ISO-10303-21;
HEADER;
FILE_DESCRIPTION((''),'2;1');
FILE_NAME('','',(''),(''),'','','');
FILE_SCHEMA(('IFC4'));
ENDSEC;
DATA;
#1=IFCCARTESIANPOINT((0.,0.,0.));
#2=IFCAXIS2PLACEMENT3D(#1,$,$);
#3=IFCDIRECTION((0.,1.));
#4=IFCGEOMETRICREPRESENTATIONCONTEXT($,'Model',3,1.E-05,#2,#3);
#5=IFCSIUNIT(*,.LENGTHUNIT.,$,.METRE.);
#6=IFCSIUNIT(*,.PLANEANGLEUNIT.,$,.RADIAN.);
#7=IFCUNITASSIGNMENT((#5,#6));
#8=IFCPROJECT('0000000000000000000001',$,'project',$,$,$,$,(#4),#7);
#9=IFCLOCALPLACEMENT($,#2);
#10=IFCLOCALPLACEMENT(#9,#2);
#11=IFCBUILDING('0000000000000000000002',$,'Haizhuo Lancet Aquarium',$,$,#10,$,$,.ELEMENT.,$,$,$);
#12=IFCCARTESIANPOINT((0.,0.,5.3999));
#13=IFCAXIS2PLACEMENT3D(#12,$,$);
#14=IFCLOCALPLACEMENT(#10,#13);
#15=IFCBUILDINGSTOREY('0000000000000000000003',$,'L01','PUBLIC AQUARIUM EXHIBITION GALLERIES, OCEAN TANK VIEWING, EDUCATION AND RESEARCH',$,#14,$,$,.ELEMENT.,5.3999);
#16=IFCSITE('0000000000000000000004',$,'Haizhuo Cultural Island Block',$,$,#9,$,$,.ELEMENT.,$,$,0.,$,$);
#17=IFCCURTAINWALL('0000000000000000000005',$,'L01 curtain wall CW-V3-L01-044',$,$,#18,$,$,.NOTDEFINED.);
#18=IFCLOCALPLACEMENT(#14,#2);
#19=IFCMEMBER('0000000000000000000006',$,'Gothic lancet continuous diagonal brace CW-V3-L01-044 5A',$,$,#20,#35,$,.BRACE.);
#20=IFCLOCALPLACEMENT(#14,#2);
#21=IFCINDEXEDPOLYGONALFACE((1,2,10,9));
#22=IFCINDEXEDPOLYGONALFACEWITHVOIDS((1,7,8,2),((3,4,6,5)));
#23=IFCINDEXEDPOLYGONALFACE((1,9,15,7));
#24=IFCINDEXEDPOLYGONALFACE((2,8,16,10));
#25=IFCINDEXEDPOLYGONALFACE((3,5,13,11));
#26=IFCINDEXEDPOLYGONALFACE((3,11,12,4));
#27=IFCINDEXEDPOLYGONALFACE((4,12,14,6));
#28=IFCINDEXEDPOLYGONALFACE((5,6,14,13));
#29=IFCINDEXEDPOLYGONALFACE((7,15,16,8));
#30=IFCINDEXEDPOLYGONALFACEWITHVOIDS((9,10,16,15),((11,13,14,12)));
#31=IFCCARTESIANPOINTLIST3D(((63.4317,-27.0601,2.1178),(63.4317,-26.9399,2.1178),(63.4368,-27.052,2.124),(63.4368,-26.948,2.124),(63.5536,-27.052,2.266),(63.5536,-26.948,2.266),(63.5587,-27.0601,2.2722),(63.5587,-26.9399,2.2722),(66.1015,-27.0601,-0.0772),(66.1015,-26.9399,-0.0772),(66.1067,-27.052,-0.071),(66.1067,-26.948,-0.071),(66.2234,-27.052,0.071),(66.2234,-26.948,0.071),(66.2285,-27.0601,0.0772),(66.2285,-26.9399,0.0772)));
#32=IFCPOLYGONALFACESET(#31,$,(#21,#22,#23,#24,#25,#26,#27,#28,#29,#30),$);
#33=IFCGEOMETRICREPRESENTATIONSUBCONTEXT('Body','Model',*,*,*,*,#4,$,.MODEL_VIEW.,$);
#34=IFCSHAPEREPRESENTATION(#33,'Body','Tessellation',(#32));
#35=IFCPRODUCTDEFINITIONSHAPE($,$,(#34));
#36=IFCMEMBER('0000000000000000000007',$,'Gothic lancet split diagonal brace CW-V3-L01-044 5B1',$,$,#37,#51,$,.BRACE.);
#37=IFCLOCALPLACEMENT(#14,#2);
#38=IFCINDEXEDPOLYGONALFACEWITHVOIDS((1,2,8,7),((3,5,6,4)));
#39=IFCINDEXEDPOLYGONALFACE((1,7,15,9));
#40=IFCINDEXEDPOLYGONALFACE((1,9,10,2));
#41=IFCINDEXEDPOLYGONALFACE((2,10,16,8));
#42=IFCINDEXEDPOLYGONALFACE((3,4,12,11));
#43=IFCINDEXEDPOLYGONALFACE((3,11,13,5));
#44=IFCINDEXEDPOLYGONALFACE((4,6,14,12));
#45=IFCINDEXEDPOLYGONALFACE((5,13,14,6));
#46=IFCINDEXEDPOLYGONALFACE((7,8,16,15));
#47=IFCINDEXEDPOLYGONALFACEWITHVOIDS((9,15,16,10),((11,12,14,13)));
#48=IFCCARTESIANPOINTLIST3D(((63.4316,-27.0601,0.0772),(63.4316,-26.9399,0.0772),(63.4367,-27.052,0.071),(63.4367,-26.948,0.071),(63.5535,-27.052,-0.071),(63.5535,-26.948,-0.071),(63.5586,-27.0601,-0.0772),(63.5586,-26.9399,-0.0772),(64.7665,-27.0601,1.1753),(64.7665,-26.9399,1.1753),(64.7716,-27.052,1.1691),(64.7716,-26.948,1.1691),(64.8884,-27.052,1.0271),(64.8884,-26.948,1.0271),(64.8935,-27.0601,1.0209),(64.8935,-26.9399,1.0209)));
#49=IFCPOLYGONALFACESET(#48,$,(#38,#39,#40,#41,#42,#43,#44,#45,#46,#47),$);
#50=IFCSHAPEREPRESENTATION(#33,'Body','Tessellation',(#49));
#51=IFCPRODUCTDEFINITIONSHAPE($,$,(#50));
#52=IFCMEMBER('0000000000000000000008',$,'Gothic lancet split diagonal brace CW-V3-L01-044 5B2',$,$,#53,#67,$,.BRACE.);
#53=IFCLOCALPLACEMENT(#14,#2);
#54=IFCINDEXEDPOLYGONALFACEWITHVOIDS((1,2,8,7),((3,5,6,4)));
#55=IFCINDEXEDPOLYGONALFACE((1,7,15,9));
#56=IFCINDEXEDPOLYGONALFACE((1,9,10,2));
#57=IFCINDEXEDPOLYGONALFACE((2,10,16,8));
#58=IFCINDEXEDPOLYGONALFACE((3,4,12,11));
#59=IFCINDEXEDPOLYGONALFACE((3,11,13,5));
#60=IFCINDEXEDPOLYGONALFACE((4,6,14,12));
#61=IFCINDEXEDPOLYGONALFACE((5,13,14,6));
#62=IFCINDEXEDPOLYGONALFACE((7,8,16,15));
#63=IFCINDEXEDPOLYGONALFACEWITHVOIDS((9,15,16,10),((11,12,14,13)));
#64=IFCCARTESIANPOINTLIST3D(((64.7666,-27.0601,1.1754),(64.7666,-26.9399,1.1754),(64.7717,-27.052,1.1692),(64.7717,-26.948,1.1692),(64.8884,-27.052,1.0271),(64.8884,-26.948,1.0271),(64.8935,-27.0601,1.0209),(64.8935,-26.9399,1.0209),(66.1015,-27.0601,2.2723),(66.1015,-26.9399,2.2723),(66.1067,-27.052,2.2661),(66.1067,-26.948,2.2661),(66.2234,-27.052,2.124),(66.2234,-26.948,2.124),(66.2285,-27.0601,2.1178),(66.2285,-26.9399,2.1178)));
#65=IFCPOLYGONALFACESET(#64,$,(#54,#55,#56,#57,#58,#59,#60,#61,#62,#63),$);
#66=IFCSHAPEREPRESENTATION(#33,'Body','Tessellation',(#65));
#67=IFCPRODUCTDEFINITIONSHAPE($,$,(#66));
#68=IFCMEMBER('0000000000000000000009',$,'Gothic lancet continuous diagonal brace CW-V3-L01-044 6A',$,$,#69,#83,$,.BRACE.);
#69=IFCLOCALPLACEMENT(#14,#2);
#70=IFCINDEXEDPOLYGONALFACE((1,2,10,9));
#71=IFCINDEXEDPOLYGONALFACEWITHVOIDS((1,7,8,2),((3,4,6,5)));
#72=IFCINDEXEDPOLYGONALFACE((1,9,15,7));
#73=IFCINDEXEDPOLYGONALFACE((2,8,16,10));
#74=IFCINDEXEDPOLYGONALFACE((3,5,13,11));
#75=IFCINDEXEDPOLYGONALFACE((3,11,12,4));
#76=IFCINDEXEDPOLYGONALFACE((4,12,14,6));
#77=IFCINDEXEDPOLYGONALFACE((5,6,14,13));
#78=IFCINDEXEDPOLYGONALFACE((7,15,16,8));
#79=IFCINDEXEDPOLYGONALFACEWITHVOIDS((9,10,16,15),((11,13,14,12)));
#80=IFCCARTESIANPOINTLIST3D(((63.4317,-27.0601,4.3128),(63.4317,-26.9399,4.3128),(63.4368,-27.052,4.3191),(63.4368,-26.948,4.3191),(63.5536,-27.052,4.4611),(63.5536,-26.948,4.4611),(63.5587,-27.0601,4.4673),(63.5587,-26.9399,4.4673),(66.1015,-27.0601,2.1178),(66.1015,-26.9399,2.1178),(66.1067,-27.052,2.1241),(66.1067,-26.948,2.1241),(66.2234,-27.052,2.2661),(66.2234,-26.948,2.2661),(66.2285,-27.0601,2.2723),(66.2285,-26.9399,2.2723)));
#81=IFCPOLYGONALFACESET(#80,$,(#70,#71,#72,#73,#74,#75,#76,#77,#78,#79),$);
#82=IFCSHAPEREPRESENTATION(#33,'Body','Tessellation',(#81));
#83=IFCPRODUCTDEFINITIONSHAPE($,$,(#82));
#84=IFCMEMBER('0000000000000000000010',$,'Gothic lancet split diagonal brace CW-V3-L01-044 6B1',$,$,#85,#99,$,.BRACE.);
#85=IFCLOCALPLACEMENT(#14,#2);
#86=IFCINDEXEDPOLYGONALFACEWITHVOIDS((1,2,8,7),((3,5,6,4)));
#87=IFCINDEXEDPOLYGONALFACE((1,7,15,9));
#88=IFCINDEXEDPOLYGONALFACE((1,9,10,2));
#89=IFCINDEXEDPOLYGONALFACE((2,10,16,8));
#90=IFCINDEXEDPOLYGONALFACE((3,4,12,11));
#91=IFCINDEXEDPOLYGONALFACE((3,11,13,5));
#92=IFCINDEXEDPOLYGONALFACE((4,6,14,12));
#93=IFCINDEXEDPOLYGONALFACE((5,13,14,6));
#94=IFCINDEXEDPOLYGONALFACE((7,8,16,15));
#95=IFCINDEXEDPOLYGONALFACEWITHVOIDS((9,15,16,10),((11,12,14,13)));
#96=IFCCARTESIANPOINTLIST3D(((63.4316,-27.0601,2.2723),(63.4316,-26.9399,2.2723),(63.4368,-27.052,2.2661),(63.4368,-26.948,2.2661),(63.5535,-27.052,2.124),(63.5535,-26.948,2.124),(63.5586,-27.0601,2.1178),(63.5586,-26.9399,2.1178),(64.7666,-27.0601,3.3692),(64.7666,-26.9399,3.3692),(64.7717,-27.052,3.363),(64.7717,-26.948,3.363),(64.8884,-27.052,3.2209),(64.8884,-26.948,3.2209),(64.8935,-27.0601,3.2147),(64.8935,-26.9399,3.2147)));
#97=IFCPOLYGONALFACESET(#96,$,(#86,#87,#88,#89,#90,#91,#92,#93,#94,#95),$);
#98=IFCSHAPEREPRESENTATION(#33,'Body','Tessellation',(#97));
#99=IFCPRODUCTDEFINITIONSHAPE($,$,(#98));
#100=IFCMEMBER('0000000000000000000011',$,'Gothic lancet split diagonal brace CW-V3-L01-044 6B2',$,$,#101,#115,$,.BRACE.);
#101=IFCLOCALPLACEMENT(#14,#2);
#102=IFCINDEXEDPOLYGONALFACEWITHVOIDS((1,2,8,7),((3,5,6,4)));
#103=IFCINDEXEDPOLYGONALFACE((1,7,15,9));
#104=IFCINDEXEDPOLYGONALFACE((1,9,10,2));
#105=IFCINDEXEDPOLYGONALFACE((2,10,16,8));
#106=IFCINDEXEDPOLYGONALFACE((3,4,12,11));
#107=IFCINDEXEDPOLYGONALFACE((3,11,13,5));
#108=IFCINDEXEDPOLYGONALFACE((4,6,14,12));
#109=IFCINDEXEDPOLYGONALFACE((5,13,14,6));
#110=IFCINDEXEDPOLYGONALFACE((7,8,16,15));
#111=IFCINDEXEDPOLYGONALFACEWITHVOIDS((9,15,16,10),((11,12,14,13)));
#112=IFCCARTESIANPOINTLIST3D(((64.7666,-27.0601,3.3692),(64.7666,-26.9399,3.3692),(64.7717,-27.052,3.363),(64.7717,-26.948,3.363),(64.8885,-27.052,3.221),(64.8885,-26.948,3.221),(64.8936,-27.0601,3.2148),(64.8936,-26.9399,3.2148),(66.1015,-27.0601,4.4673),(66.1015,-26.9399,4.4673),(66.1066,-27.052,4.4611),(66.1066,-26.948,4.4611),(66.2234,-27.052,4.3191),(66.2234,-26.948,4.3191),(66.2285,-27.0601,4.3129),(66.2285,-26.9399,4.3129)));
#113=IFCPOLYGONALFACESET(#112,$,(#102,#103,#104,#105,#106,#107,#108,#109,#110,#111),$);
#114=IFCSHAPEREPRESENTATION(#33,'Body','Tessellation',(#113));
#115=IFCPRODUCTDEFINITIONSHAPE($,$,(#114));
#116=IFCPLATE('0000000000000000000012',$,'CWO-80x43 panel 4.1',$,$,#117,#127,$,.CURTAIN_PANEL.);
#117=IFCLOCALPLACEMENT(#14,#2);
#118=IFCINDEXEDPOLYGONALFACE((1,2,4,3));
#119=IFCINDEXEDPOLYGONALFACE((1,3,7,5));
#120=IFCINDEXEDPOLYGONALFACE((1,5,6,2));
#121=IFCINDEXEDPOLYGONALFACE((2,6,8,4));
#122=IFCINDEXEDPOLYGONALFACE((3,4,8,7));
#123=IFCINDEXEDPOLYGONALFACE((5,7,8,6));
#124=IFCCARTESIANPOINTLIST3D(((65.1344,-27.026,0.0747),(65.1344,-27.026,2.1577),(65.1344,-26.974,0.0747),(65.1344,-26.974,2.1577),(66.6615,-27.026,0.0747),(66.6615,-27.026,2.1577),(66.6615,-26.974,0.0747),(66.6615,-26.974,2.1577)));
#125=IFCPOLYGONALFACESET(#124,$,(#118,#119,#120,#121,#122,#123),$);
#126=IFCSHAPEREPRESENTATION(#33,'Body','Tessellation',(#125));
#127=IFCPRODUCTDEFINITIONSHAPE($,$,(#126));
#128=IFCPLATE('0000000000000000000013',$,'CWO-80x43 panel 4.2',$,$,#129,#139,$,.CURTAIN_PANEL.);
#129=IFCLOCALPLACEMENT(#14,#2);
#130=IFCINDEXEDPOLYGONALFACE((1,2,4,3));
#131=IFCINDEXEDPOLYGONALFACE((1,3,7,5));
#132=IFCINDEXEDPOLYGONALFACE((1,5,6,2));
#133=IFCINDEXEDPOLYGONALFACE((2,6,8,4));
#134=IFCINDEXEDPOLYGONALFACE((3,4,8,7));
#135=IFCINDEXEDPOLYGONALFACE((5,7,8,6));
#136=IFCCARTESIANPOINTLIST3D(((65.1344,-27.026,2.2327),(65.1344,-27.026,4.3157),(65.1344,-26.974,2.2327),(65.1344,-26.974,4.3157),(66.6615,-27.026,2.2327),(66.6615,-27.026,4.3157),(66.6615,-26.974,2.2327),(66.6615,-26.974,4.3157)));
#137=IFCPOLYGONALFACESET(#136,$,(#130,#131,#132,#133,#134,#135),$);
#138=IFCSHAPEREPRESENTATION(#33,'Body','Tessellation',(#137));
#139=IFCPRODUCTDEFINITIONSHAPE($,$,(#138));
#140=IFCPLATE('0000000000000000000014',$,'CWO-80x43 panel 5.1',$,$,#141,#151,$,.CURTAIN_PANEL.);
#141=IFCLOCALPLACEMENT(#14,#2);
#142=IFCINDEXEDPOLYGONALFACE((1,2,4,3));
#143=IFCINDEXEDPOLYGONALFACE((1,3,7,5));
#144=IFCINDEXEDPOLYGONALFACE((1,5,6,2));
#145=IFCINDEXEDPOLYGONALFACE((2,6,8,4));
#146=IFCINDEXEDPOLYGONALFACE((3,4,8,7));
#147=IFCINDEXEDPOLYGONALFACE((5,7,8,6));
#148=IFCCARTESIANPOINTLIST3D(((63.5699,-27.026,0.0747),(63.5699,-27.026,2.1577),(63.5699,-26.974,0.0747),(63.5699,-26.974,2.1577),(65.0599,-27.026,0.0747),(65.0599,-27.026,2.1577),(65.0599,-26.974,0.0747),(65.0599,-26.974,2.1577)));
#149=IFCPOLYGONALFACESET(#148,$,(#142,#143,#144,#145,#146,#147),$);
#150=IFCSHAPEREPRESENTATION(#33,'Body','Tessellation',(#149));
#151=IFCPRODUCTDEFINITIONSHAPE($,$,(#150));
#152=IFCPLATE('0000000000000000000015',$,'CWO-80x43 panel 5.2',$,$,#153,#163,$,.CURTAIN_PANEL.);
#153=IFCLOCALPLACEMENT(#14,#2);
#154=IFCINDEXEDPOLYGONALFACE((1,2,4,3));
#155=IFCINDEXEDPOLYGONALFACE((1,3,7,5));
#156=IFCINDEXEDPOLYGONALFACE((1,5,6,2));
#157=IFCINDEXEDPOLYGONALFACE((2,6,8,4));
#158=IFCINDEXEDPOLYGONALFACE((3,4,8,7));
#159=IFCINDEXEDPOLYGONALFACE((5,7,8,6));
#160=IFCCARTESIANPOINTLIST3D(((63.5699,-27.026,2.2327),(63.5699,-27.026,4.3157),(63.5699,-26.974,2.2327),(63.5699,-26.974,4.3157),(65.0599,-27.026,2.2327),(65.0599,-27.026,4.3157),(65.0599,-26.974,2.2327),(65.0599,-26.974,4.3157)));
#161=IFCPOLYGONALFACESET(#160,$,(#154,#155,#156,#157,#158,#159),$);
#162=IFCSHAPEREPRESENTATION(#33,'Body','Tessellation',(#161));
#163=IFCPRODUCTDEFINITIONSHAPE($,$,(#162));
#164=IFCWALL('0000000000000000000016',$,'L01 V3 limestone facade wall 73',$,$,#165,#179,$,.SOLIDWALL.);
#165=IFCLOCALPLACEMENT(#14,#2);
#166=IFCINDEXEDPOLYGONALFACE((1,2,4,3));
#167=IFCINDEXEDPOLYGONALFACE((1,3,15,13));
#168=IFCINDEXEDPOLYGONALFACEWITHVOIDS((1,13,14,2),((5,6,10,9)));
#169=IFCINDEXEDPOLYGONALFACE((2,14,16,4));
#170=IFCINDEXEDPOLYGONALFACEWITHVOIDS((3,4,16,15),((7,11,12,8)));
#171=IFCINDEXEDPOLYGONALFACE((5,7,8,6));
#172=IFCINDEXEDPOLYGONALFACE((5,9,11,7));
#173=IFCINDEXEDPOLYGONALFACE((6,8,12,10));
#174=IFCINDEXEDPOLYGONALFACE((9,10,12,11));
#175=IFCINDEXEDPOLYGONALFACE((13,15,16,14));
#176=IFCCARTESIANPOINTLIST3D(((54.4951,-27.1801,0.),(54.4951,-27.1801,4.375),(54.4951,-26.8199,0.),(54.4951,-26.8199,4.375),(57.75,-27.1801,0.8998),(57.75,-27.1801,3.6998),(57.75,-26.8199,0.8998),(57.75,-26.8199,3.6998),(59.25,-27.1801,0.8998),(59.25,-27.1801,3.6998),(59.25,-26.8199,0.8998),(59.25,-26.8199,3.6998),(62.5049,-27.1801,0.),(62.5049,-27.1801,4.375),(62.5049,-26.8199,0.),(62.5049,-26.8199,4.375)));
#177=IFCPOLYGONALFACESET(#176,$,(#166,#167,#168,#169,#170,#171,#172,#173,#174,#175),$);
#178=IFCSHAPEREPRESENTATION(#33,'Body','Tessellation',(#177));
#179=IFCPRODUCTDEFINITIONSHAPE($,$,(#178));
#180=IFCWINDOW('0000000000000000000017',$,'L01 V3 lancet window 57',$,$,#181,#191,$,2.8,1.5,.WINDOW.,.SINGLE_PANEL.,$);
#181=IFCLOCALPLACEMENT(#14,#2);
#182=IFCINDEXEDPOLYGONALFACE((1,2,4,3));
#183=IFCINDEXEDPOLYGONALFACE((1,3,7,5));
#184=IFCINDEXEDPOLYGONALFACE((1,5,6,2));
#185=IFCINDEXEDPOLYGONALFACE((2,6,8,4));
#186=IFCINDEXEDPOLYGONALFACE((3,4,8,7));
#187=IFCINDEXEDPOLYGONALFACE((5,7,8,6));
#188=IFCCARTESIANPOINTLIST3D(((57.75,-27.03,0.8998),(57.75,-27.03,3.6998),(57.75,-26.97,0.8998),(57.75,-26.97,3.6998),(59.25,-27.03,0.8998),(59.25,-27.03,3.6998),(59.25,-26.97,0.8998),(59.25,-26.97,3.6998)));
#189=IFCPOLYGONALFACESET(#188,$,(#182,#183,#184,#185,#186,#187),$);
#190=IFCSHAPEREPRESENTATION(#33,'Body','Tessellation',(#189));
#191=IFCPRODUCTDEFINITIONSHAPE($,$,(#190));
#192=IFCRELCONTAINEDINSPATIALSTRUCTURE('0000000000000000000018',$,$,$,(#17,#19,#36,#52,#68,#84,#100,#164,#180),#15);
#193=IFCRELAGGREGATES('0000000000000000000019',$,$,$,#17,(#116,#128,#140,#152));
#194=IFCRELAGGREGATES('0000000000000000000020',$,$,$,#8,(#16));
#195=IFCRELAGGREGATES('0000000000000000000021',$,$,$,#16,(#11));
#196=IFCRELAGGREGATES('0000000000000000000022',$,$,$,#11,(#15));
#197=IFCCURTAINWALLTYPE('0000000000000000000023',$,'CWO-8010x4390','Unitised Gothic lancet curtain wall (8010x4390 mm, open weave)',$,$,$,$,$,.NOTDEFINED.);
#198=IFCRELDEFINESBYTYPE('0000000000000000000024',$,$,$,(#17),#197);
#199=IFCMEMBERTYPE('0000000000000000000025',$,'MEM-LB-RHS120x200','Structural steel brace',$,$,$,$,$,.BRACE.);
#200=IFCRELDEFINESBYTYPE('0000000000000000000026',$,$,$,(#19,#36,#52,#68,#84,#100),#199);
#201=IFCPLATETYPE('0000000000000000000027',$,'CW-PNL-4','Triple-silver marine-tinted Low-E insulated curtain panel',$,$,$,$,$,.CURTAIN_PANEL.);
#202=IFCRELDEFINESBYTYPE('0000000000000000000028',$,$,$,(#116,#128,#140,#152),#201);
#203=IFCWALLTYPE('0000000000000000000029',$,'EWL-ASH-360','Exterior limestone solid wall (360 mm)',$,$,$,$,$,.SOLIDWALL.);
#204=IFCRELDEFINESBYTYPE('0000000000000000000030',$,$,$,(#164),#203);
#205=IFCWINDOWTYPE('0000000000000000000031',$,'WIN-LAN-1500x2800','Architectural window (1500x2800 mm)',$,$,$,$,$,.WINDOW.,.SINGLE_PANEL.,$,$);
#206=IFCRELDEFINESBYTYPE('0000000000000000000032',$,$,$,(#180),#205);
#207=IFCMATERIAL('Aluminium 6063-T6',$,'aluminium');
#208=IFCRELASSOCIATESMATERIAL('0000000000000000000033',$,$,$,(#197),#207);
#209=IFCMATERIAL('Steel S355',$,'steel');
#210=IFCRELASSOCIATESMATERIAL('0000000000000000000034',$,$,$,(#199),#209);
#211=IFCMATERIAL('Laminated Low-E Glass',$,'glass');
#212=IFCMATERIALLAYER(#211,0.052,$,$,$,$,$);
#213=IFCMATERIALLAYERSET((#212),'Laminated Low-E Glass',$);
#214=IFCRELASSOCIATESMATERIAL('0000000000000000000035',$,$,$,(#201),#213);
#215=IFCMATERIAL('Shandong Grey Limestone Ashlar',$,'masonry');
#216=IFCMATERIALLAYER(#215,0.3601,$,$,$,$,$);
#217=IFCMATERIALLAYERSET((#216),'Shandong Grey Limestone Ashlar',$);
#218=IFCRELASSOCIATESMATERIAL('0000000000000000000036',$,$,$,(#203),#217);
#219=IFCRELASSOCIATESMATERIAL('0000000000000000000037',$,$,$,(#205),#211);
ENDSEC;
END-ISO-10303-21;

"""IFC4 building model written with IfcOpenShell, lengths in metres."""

from ifc_helpers import new_model, si_unit, direction, frame, frame_2d, origin, origin_2d, place, context, subcontext, project, spatial, rectangle, hollow_rectangle, extrude, material, layer, layer_set, material_profile, profile_set, type_object, element, fill, aggregate, save


model = new_model("IFC4")

# Units and contexts
model_context = context("Model", 3, precision=1e-05, world=origin(), true_north=direction((0.0, 1.0)))
body_context = subcontext(model_context, "Body", "Model", "MODEL_VIEW")
ifc_project = project(units=[si_unit("LENGTHUNIT", "METRE"), si_unit("PLANEANGLEUNIT", "RADIAN")], contexts=[model_context])

# Site, building, storey
site_placement = place(None, origin())
site = spatial("IfcSite", under=ifc_project, at=site_placement, Name="Haizhuo Cultural Island Block", CompositionType="ELEMENT", RefElevation=0.0)
building_placement = place(site_placement, origin())
building = spatial("IfcBuilding", under=site, at=building_placement, Name="Haizhuo Lancet Aquarium", CompositionType="ELEMENT")
storey_placement = place(building_placement, frame((0.0, 0.0, 5.3999)))
storey = spatial("IfcBuildingStorey", under=building, at=storey_placement, Name="L01", Description="PUBLIC AQUARIUM EXHIBITION GALLERIES, OCEAN TANK VIEWING, EDUCATION AND RESEARCH", CompositionType="ELEMENT", Elevation=5.3999)

# Curtain wall
ifc_material_1 = material(Name="Aluminium 6063-T6", Category="aluminium")
curtain_wall_type = type_object("IfcCurtainWallType", Name="CWO-8010x4390", Description="Unitised Gothic lancet curtain wall (8010x4390 mm, open weave)", PredefinedType="NOTDEFINED", material=ifc_material_1)
curtain_wall_placement = place(storey_placement, origin())
curtain_wall = element("IfcCurtainWall", 1, at=curtain_wall_placement, inside=storey, type_object=curtain_wall_type, Name="L01 curtain wall CW-V3-L01-044", PredefinedType="NOTDEFINED")

# Members
ifc_material_2 = material(Name="Steel S355", Category="steel")
ifc_material_profile_1 = material_profile(ifc_material_2, hollow_rectangle(XDim=0.1201, YDim=0.2, WallThickness=0.0081, at=origin_2d()), Name="RHS 120x200x8")
ifc_profile_set_1 = profile_set([ifc_material_profile_1], Name="Steel S355")
member_type_1 = type_object("IfcMemberType", Name="MEM-LB-RHS120x200", Description="Structural steel brace", PredefinedType="BRACE", material=ifc_profile_set_1)
member_1_placement = place(storey_placement, frame((66.165, -27.0, 0.0), z_axis=(-0.772454, 0.0, 0.635071), x_axis=(0.0, -1.0, 0.0)))
element("IfcMember", 2, at=member_1_placement, inside=storey, type_object=member_type_1, Name="Gothic lancet continuous diagonal brace CW-V3-L01-044 5A", PredefinedType="BRACE", context=body_context, shape_type="SweptSolid", body=[
    extrude(hollow_rectangle(XDim=0.1201, YDim=0.2, WallThickness=0.0081, at=origin_2d()), origin(), (0.0, 0.0, 1.0), 3.4563),
])
member_2_placement = place(storey_placement, frame((63.4951, -27.0, 0.0), z_axis=(0.772281, 0.0, 0.635281), x_axis=(0.0, 1.0, 0.0)))
element("IfcMember", 3, at=member_2_placement, inside=storey, type_object=member_type_1, Name="Gothic lancet split diagonal brace CW-V3-L01-044 5B1", PredefinedType="BRACE", context=body_context, shape_type="SweptSolid", body=[
    extrude(hollow_rectangle(XDim=0.1201, YDim=0.2, WallThickness=0.0081, at=origin_2d()), origin(), (0.0, 0.0, 1.0), 1.7285),
])
member_3_placement = place(storey_placement, frame((64.8301, -27.0, 1.0981), z_axis=(0.772627, 0.0, 0.63486), x_axis=(0.0, 1.0, 0.0)))
element("IfcMember", 4, at=member_3_placement, inside=storey, type_object=member_type_1, Name="Gothic lancet split diagonal brace CW-V3-L01-044 5B2", PredefinedType="BRACE", context=body_context, shape_type="SweptSolid", body=[
    extrude(hollow_rectangle(XDim=0.1201, YDim=0.2, WallThickness=0.0081, at=origin_2d()), origin(), (0.0, 0.0, 1.0), 1.7278),
])
member_4_placement = place(storey_placement, frame((66.165, -27.0, 2.1951), z_axis=(-0.772454, 0.0, 0.635071), x_axis=(0.0, -1.0, 0.0)))
element("IfcMember", 5, at=member_4_placement, inside=storey, type_object=member_type_1, Name="Gothic lancet continuous diagonal brace CW-V3-L01-044 6A", PredefinedType="BRACE", context=body_context, shape_type="SweptSolid", body=[
    extrude(hollow_rectangle(XDim=0.1201, YDim=0.2, WallThickness=0.0081, at=origin_2d()), origin(), (0.0, 0.0, 1.0), 3.4563),
])
member_5_placement = place(storey_placement, frame((63.4951, -27.0, 2.1951), z_axis=(0.772627, 0.0, 0.63486), x_axis=(0.0, 1.0, 0.0)))
element("IfcMember", 6, at=member_5_placement, inside=storey, type_object=member_type_1, Name="Gothic lancet split diagonal brace CW-V3-L01-044 6B1", PredefinedType="BRACE", context=body_context, shape_type="SweptSolid", body=[
    extrude(hollow_rectangle(XDim=0.1201, YDim=0.2, WallThickness=0.0081, at=origin_2d()), origin(), (0.0, 0.0, 1.0), 1.7278),
])
member_6_placement = place(storey_placement, frame((64.8301, -27.0, 3.292), z_axis=(0.772281, 0.0, 0.635281), x_axis=(0.0, 1.0, 0.0)))
element("IfcMember", 7, at=member_6_placement, inside=storey, type_object=member_type_1, Name="Gothic lancet split diagonal brace CW-V3-L01-044 6B2", PredefinedType="BRACE", context=body_context, shape_type="SweptSolid", body=[
    extrude(hollow_rectangle(XDim=0.1201, YDim=0.2, WallThickness=0.0081, at=origin_2d()), origin(), (0.0, 0.0, 1.0), 1.7285),
])

# Plates
ifc_material_3 = material(Name="Laminated Low-E Glass", Category="glass")
ifc_layer_1 = layer(ifc_material_3, 0.052)
ifc_layer_set_1 = layer_set([ifc_layer_1], Name="Laminated Low-E Glass")
plate_type = type_object("IfcPlateType", Name="CW-PNL-4", Description="Triple-silver marine-tinted Low-E insulated curtain panel", PredefinedType="CURTAIN_PANEL", material=ifc_layer_set_1)
plate_1_placement = place(storey_placement, frame((65.8979, -27.0, 0.0747), z_axis=(0.0, 0.0, 1.0), x_axis=(-1.0, 0.0, 0.0)))
plate_1 = element("IfcPlate", 8, at=plate_1_placement, type_object=plate_type, Name="CWO-80x43 panel 4.1", PredefinedType="CURTAIN_PANEL", context=body_context, shape_type="SweptSolid", body=[
    extrude(rectangle(XDim=1.5271, YDim=0.052, at=origin_2d()), origin(), (0.0, 0.0, 1.0), 2.083),
])
plate_2_placement = place(storey_placement, frame((65.8979, -27.0, 2.2327), z_axis=(0.0, 0.0, 1.0), x_axis=(-1.0, 0.0, 0.0)))
plate_2 = element("IfcPlate", 9, at=plate_2_placement, type_object=plate_type, Name="CWO-80x43 panel 4.2", PredefinedType="CURTAIN_PANEL", context=body_context, shape_type="SweptSolid", body=[
    extrude(rectangle(XDim=1.5271, YDim=0.052, at=origin_2d()), origin(), (0.0, 0.0, 1.0), 2.083),
])
plate_3_placement = place(storey_placement, frame((64.3149, -27.0, 0.0747), z_axis=(0.0, 0.0, 1.0), x_axis=(-1.0, 0.0, 0.0)))
plate_3 = element("IfcPlate", 10, at=plate_3_placement, type_object=plate_type, Name="CWO-80x43 panel 5.1", PredefinedType="CURTAIN_PANEL", context=body_context, shape_type="SweptSolid", body=[
    extrude(rectangle(XDim=1.49, YDim=0.052, at=origin_2d()), origin(), (0.0, 0.0, 1.0), 2.083),
])
plate_4_placement = place(storey_placement, frame((64.3149, -27.0, 2.2327), z_axis=(0.0, 0.0, 1.0), x_axis=(-1.0, 0.0, 0.0)))
plate_4 = element("IfcPlate", 11, at=plate_4_placement, type_object=plate_type, Name="CWO-80x43 panel 5.2", PredefinedType="CURTAIN_PANEL", context=body_context, shape_type="SweptSolid", body=[
    extrude(rectangle(XDim=1.49, YDim=0.052, at=origin_2d()), origin(), (0.0, 0.0, 1.0), 2.083),
])
aggregate(curtain_wall, [plate_1, plate_2, plate_3, plate_4])

# Wall, opening, window
ifc_material_4 = material(Name="Shandong Grey Limestone Ashlar", Category="masonry")
ifc_layer_2 = layer(ifc_material_4, 0.3601)
ifc_layer_set_2 = layer_set([ifc_layer_2], Name="Shandong Grey Limestone Ashlar")
wall_type = type_object("IfcWallType", Name="EWL-ASH-360", Description="Exterior limestone solid wall (360 mm)", PredefinedType="SOLIDWALL", material=ifc_layer_set_2)
wall_placement = place(storey_placement, frame((62.5049, -27.0, 0.0), z_axis=(0.0, 0.0, 1.0), x_axis=(-1.0, 0.0, 0.0)))
wall = element("IfcWall", 12, at=wall_placement, inside=storey, type_object=wall_type, Name="L01 V3 limestone facade wall 73", PredefinedType="SOLIDWALL", context=body_context, shape_type="SweptSolid", body=[
    extrude(rectangle(XDim=8.0098, YDim=0.3601, at=frame_2d((4.0049, 0.0))), origin(), (0.0, 0.0, 1.0), 4.375),
])
opening_placement = place(wall_placement, frame((3.2549, 0.0, 0.8999)))
opening = element("IfcOpeningElement", 13, at=opening_placement, cuts=wall, PredefinedType="OPENING", context=body_context, shape_type="SweptSolid", body=[
    extrude(rectangle(XDim=1.5, YDim=2.8, at=frame_2d((0.75, 1.3999))), frame((0.0, 0.1899, 0.0), z_axis=(0.0, -1.0, 0.0), x_axis=(1.0, 0.0, 0.0)), (0.0, 0.0, 1.0), 0.3801),
])
window_type = type_object("IfcWindowType", Name="WIN-LAN-1500x2800", Description="Architectural window (1500x2800 mm)", PartitioningType="SINGLE_PANEL", PredefinedType="WINDOW", material=ifc_material_3)
window_placement = place(opening_placement, origin())
window = element("IfcWindow", 14, at=window_placement, inside=storey, type_object=window_type, Name="L01 V3 lancet window 57", OverallHeight=2.8, OverallWidth=1.5, PartitioningType="SINGLE_PANEL", PredefinedType="WINDOW", context=body_context, shape_type="SweptSolid", body=[
    extrude(rectangle(XDim=1.5, YDim=2.8, at=frame_2d((0.75, 1.3999))), frame((0.0, 0.03, 0.0), z_axis=(0.0, -1.0, 0.0), x_axis=(1.0, 0.0, 0.0)), (0.0, 0.0, 1.0), 0.0601),
])
fill(opening, window)

save(model, "model.ifc")
